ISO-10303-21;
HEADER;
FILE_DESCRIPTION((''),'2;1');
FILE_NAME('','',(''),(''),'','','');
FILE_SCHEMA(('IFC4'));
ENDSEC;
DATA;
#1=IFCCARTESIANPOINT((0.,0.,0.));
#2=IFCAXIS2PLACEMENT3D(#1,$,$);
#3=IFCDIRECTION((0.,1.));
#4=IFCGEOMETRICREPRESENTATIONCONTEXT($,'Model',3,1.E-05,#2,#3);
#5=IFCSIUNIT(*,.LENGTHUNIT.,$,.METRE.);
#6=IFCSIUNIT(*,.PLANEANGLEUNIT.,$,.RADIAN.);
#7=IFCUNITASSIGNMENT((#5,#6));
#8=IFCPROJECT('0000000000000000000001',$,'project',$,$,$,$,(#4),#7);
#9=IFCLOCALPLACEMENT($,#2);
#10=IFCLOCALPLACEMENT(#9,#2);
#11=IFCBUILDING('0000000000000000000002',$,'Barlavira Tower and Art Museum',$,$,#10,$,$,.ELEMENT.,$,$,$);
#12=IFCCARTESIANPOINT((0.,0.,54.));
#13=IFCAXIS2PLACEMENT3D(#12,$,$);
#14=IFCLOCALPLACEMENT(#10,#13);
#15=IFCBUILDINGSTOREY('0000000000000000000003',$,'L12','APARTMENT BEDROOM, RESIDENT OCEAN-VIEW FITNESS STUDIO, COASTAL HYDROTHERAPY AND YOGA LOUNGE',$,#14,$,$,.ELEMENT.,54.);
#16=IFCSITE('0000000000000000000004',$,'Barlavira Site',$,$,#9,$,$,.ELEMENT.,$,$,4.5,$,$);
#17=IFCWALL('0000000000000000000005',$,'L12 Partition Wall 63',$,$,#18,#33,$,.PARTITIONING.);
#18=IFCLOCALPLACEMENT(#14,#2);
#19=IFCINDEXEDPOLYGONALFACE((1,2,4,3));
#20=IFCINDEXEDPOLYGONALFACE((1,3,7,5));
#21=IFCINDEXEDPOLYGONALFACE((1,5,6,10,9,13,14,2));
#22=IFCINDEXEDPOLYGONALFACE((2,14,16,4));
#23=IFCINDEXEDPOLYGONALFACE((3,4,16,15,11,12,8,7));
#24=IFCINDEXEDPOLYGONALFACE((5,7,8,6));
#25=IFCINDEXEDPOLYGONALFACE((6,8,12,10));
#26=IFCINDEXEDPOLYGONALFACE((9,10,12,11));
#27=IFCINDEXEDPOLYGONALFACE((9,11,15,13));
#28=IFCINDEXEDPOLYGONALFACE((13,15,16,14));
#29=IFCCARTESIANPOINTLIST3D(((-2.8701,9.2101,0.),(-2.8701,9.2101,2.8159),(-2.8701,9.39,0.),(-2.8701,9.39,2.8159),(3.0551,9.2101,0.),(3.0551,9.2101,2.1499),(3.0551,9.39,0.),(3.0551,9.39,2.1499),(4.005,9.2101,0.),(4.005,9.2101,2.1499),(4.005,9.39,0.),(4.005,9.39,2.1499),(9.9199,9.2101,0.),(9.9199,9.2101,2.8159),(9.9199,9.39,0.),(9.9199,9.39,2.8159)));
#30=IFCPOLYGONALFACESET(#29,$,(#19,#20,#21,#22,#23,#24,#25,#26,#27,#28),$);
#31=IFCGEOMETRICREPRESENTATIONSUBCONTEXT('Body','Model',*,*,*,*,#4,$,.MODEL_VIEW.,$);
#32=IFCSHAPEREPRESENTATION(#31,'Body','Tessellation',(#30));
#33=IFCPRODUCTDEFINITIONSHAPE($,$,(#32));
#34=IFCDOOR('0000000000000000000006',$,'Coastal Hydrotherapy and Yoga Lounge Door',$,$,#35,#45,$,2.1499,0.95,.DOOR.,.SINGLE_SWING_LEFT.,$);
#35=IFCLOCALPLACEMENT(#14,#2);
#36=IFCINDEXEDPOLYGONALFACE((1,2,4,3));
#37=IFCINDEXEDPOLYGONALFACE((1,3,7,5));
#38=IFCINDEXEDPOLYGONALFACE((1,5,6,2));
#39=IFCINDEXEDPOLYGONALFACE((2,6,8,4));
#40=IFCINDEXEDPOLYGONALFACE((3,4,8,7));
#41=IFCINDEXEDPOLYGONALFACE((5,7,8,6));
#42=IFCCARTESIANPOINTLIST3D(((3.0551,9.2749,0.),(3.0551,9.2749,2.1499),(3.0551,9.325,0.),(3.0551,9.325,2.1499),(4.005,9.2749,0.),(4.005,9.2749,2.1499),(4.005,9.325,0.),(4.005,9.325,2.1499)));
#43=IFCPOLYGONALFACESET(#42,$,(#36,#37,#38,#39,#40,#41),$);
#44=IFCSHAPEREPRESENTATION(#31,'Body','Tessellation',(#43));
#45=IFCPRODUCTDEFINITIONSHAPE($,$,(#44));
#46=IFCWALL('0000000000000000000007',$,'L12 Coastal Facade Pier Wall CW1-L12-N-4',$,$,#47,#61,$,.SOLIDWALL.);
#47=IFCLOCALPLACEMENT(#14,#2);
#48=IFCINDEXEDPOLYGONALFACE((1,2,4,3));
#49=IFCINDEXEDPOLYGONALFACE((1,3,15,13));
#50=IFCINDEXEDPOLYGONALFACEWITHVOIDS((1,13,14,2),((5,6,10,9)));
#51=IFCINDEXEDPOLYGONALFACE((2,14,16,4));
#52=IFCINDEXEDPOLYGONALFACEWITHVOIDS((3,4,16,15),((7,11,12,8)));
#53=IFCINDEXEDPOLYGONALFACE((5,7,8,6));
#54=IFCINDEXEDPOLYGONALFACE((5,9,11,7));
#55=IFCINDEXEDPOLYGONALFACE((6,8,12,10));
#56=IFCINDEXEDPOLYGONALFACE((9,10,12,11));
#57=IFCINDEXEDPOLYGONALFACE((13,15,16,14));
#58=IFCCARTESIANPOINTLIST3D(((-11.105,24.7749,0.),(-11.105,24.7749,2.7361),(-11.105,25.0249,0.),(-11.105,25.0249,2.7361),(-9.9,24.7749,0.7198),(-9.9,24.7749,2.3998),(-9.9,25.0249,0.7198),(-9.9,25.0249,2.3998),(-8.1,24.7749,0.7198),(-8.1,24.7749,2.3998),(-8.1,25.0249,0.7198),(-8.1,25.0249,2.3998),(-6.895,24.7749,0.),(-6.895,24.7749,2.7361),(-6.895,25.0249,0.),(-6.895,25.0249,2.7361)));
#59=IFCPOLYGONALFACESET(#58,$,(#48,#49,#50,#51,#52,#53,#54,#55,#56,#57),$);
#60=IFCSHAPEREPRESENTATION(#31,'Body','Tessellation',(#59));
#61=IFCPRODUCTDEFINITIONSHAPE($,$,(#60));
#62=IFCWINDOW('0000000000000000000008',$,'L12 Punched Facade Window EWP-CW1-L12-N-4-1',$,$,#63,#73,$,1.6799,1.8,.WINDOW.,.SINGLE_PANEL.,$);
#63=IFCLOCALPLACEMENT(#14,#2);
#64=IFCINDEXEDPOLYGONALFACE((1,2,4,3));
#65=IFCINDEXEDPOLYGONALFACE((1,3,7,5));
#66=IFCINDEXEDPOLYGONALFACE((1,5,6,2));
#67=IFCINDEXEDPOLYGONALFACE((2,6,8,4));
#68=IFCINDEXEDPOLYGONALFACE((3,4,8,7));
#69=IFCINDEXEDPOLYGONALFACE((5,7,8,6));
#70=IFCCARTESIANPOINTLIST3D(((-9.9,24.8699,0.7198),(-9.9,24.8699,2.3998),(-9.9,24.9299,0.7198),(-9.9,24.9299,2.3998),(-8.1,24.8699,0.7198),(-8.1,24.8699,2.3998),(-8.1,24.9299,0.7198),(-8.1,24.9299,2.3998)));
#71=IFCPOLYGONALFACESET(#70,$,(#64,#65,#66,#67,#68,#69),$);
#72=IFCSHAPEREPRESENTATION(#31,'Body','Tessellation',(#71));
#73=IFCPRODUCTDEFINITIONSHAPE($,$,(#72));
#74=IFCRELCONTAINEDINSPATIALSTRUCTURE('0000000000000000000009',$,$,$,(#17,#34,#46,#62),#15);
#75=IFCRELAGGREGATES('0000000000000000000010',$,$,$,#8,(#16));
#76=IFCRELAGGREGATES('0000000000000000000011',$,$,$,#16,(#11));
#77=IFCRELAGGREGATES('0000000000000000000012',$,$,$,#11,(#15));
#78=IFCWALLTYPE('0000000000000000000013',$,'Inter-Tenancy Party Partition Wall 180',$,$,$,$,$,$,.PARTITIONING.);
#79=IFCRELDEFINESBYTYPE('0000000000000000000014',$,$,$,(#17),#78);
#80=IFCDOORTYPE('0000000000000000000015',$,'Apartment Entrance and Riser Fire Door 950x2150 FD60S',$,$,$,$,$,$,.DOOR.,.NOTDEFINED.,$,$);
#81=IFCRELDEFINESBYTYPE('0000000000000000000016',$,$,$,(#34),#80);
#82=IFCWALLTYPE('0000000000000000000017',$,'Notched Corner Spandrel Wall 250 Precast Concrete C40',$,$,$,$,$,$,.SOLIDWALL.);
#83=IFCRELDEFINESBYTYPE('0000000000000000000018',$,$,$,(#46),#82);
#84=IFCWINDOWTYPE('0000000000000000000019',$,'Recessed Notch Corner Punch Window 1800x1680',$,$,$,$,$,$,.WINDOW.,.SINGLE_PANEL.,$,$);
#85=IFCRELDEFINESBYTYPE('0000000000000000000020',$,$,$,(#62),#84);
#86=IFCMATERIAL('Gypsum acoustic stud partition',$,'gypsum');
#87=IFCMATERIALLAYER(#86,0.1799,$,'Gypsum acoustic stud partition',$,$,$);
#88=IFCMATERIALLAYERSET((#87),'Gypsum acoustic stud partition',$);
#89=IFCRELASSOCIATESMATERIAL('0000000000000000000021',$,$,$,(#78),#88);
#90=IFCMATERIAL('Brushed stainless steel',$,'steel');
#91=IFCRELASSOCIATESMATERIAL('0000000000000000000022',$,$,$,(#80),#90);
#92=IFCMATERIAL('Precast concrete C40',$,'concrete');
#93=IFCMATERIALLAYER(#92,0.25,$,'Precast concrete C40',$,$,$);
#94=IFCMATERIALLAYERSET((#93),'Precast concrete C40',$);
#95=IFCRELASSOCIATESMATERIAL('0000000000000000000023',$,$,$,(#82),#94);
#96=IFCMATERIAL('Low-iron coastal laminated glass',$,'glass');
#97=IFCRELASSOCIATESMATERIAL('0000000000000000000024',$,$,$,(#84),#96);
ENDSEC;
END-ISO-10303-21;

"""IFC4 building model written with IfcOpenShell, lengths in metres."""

from ifc_helpers import new_model, si_unit, direction, frame, frame_2d, origin, place, context, subcontext, project, spatial, rectangle, extrude, material, layer, layer_set, type_object, element, fill, save


model = new_model("IFC4")

# Units and contexts
model_context = context("Model", 3, precision=1e-05, world=origin(), true_north=direction((0.0, 1.0)))
body_context = subcontext(model_context, "Body", "Model", "MODEL_VIEW")
ifc_project = project(units=[si_unit("LENGTHUNIT", "METRE"), si_unit("PLANEANGLEUNIT", "RADIAN")], contexts=[model_context])

# Site, building, storey
site_placement = place(None, origin())
site = spatial("IfcSite", under=ifc_project, at=site_placement, Name="Barlavira Site", CompositionType="ELEMENT", RefElevation=4.5)
building_placement = place(site_placement, origin())
building = spatial("IfcBuilding", under=site, at=building_placement, Name="Barlavira Tower and Art Museum", CompositionType="ELEMENT")
storey_placement = place(building_placement, frame((0.0, 0.0, 54.0)))
storey = spatial("IfcBuildingStorey", under=building, at=storey_placement, Name="L12", Description="APARTMENT BEDROOM, RESIDENT OCEAN-VIEW FITNESS STUDIO, COASTAL HYDROTHERAPY AND YOGA LOUNGE", CompositionType="ELEMENT", Elevation=54.0)

# Shared definitions
ifc_material_1 = material(Name="Low-iron coastal laminated glass", Category="glass")

# Shared definitions
ifc_material_2 = material(Name="Brushed stainless steel", Category="steel")

# Shared definitions
ifc_material_3 = material(Name="Gypsum acoustic stud partition", Category="gypsum")
ifc_layer_1 = layer(ifc_material_3, 0.1799, Name="Gypsum acoustic stud partition")
ifc_layer_set_1 = layer_set([ifc_layer_1], Name="Gypsum acoustic stud partition")
wall_type_1 = type_object("IfcWallType", Name="Inter-Tenancy Party Partition Wall 180", PredefinedType="PARTITIONING", material=ifc_layer_set_1)

# Wall, opening, door
wall_1_placement = place(storey_placement, frame((-2.8701, 9.3, 0.0), z_axis=(0.0, 0.0, 1.0), x_axis=(1.0, 0.0, 0.0)))
wall_1 = element("IfcWall", 1, at=wall_1_placement, inside=storey, type_object=wall_type_1, Name="L12 Partition Wall 63", PredefinedType="PARTITIONING", context=body_context, shape_type="SweptSolid", body=[
    extrude(rectangle(XDim=12.79, YDim=0.1799, at=frame_2d((6.395, 0.0))), origin(), (0.0, 0.0, 1.0), 2.8159),
])
opening_1_placement = place(wall_1_placement, frame((5.925, 0.0, 0.0)))
opening_1 = element("IfcOpeningElement", 2, at=opening_1_placement, cuts=wall_1, PredefinedType="OPENING", context=body_context, shape_type="SweptSolid", body=[
    extrude(rectangle(XDim=0.95, YDim=2.1499, at=frame_2d((0.4751, 1.075))), frame((0.0, 0.1001, 0.0), z_axis=(0.0, -1.0, 0.0), x_axis=(1.0, 0.0, 0.0)), (0.0, 0.0, 1.0), 0.2),
])
door_type_1 = type_object("IfcDoorType", Name="Apartment Entrance and Riser Fire Door 950x2150 FD60S", OperationType="NOTDEFINED", PredefinedType="DOOR", material=ifc_material_2)
door_1_placement = place(opening_1_placement, origin())
door_1 = element("IfcDoor", 3, at=door_1_placement, inside=storey, type_object=door_type_1, Name="Coastal Hydrotherapy and Yoga Lounge Door", OperationType="SINGLE_SWING_LEFT", OverallHeight=2.1499, OverallWidth=0.95, PredefinedType="DOOR", context=body_context, shape_type="SweptSolid", body=[
    extrude(rectangle(XDim=0.95, YDim=2.1499, at=frame_2d((0.4751, 1.075))), frame((0.0, 0.0249, 0.0), z_axis=(0.0, -1.0, 0.0), x_axis=(1.0, 0.0, 0.0)), (0.0, 0.0, 1.0), 0.05),
])
fill(opening_1, door_1)

# Wall, opening, window
ifc_material_4 = material(Name="Precast concrete C40", Category="concrete")
ifc_layer_2 = layer(ifc_material_4, 0.25, Name="Precast concrete C40")
ifc_layer_set_2 = layer_set([ifc_layer_2], Name="Precast concrete C40")
wall_type_2 = type_object("IfcWallType", Name="Notched Corner Spandrel Wall 250 Precast Concrete C40", PredefinedType="SOLIDWALL", material=ifc_layer_set_2)
wall_2_placement = place(storey_placement, frame((-6.895, 24.8999, 0.0), z_axis=(0.0, 0.0, 1.0), x_axis=(-1.0, 0.0, 0.0)))
wall_2 = element("IfcWall", 4, at=wall_2_placement, inside=storey, type_object=wall_type_2, Name="L12 Coastal Facade Pier Wall CW1-L12-N-4", PredefinedType="SOLIDWALL", context=body_context, shape_type="SweptSolid", body=[
    extrude(rectangle(XDim=4.21, YDim=0.25, at=frame_2d((2.105, 0.0))), origin(), (0.0, 0.0, 1.0), 2.7361),
])
opening_2_placement = place(wall_2_placement, frame((1.2051, 0.0, 0.72)))
opening_2 = element("IfcOpeningElement", 5, at=opening_2_placement, cuts=wall_2, PredefinedType="OPENING", context=body_context, shape_type="SweptSolid", body=[
    extrude(rectangle(XDim=1.8, YDim=1.6799, at=frame_2d((0.8999, 0.8398))), frame((0.0, 0.135, 0.0), z_axis=(0.0, -1.0, 0.0), x_axis=(1.0, 0.0, 0.0)), (0.0, 0.0, 1.0), 0.27),
])
window_type = type_object("IfcWindowType", Name="Recessed Notch Corner Punch Window 1800x1680", PartitioningType="SINGLE_PANEL", PredefinedType="WINDOW", material=ifc_material_1)
window_placement = place(opening_2_placement, origin())
window = element("IfcWindow", 6, at=window_placement, inside=storey, type_object=window_type, Name="L12 Punched Facade Window EWP-CW1-L12-N-4-1", OverallHeight=1.6799, OverallWidth=1.8, PartitioningType="SINGLE_PANEL", PredefinedType="WINDOW", context=body_context, shape_type="SweptSolid", body=[
    extrude(rectangle(XDim=1.8, YDim=1.6799, at=frame_2d((0.8999, 0.8398))), frame((0.0, 0.03, 0.0), z_axis=(0.0, -1.0, 0.0), x_axis=(1.0, 0.0, 0.0)), (0.0, 0.0, 1.0), 0.0601),
])
fill(opening_2, window)

save(model, "model.ifc")
